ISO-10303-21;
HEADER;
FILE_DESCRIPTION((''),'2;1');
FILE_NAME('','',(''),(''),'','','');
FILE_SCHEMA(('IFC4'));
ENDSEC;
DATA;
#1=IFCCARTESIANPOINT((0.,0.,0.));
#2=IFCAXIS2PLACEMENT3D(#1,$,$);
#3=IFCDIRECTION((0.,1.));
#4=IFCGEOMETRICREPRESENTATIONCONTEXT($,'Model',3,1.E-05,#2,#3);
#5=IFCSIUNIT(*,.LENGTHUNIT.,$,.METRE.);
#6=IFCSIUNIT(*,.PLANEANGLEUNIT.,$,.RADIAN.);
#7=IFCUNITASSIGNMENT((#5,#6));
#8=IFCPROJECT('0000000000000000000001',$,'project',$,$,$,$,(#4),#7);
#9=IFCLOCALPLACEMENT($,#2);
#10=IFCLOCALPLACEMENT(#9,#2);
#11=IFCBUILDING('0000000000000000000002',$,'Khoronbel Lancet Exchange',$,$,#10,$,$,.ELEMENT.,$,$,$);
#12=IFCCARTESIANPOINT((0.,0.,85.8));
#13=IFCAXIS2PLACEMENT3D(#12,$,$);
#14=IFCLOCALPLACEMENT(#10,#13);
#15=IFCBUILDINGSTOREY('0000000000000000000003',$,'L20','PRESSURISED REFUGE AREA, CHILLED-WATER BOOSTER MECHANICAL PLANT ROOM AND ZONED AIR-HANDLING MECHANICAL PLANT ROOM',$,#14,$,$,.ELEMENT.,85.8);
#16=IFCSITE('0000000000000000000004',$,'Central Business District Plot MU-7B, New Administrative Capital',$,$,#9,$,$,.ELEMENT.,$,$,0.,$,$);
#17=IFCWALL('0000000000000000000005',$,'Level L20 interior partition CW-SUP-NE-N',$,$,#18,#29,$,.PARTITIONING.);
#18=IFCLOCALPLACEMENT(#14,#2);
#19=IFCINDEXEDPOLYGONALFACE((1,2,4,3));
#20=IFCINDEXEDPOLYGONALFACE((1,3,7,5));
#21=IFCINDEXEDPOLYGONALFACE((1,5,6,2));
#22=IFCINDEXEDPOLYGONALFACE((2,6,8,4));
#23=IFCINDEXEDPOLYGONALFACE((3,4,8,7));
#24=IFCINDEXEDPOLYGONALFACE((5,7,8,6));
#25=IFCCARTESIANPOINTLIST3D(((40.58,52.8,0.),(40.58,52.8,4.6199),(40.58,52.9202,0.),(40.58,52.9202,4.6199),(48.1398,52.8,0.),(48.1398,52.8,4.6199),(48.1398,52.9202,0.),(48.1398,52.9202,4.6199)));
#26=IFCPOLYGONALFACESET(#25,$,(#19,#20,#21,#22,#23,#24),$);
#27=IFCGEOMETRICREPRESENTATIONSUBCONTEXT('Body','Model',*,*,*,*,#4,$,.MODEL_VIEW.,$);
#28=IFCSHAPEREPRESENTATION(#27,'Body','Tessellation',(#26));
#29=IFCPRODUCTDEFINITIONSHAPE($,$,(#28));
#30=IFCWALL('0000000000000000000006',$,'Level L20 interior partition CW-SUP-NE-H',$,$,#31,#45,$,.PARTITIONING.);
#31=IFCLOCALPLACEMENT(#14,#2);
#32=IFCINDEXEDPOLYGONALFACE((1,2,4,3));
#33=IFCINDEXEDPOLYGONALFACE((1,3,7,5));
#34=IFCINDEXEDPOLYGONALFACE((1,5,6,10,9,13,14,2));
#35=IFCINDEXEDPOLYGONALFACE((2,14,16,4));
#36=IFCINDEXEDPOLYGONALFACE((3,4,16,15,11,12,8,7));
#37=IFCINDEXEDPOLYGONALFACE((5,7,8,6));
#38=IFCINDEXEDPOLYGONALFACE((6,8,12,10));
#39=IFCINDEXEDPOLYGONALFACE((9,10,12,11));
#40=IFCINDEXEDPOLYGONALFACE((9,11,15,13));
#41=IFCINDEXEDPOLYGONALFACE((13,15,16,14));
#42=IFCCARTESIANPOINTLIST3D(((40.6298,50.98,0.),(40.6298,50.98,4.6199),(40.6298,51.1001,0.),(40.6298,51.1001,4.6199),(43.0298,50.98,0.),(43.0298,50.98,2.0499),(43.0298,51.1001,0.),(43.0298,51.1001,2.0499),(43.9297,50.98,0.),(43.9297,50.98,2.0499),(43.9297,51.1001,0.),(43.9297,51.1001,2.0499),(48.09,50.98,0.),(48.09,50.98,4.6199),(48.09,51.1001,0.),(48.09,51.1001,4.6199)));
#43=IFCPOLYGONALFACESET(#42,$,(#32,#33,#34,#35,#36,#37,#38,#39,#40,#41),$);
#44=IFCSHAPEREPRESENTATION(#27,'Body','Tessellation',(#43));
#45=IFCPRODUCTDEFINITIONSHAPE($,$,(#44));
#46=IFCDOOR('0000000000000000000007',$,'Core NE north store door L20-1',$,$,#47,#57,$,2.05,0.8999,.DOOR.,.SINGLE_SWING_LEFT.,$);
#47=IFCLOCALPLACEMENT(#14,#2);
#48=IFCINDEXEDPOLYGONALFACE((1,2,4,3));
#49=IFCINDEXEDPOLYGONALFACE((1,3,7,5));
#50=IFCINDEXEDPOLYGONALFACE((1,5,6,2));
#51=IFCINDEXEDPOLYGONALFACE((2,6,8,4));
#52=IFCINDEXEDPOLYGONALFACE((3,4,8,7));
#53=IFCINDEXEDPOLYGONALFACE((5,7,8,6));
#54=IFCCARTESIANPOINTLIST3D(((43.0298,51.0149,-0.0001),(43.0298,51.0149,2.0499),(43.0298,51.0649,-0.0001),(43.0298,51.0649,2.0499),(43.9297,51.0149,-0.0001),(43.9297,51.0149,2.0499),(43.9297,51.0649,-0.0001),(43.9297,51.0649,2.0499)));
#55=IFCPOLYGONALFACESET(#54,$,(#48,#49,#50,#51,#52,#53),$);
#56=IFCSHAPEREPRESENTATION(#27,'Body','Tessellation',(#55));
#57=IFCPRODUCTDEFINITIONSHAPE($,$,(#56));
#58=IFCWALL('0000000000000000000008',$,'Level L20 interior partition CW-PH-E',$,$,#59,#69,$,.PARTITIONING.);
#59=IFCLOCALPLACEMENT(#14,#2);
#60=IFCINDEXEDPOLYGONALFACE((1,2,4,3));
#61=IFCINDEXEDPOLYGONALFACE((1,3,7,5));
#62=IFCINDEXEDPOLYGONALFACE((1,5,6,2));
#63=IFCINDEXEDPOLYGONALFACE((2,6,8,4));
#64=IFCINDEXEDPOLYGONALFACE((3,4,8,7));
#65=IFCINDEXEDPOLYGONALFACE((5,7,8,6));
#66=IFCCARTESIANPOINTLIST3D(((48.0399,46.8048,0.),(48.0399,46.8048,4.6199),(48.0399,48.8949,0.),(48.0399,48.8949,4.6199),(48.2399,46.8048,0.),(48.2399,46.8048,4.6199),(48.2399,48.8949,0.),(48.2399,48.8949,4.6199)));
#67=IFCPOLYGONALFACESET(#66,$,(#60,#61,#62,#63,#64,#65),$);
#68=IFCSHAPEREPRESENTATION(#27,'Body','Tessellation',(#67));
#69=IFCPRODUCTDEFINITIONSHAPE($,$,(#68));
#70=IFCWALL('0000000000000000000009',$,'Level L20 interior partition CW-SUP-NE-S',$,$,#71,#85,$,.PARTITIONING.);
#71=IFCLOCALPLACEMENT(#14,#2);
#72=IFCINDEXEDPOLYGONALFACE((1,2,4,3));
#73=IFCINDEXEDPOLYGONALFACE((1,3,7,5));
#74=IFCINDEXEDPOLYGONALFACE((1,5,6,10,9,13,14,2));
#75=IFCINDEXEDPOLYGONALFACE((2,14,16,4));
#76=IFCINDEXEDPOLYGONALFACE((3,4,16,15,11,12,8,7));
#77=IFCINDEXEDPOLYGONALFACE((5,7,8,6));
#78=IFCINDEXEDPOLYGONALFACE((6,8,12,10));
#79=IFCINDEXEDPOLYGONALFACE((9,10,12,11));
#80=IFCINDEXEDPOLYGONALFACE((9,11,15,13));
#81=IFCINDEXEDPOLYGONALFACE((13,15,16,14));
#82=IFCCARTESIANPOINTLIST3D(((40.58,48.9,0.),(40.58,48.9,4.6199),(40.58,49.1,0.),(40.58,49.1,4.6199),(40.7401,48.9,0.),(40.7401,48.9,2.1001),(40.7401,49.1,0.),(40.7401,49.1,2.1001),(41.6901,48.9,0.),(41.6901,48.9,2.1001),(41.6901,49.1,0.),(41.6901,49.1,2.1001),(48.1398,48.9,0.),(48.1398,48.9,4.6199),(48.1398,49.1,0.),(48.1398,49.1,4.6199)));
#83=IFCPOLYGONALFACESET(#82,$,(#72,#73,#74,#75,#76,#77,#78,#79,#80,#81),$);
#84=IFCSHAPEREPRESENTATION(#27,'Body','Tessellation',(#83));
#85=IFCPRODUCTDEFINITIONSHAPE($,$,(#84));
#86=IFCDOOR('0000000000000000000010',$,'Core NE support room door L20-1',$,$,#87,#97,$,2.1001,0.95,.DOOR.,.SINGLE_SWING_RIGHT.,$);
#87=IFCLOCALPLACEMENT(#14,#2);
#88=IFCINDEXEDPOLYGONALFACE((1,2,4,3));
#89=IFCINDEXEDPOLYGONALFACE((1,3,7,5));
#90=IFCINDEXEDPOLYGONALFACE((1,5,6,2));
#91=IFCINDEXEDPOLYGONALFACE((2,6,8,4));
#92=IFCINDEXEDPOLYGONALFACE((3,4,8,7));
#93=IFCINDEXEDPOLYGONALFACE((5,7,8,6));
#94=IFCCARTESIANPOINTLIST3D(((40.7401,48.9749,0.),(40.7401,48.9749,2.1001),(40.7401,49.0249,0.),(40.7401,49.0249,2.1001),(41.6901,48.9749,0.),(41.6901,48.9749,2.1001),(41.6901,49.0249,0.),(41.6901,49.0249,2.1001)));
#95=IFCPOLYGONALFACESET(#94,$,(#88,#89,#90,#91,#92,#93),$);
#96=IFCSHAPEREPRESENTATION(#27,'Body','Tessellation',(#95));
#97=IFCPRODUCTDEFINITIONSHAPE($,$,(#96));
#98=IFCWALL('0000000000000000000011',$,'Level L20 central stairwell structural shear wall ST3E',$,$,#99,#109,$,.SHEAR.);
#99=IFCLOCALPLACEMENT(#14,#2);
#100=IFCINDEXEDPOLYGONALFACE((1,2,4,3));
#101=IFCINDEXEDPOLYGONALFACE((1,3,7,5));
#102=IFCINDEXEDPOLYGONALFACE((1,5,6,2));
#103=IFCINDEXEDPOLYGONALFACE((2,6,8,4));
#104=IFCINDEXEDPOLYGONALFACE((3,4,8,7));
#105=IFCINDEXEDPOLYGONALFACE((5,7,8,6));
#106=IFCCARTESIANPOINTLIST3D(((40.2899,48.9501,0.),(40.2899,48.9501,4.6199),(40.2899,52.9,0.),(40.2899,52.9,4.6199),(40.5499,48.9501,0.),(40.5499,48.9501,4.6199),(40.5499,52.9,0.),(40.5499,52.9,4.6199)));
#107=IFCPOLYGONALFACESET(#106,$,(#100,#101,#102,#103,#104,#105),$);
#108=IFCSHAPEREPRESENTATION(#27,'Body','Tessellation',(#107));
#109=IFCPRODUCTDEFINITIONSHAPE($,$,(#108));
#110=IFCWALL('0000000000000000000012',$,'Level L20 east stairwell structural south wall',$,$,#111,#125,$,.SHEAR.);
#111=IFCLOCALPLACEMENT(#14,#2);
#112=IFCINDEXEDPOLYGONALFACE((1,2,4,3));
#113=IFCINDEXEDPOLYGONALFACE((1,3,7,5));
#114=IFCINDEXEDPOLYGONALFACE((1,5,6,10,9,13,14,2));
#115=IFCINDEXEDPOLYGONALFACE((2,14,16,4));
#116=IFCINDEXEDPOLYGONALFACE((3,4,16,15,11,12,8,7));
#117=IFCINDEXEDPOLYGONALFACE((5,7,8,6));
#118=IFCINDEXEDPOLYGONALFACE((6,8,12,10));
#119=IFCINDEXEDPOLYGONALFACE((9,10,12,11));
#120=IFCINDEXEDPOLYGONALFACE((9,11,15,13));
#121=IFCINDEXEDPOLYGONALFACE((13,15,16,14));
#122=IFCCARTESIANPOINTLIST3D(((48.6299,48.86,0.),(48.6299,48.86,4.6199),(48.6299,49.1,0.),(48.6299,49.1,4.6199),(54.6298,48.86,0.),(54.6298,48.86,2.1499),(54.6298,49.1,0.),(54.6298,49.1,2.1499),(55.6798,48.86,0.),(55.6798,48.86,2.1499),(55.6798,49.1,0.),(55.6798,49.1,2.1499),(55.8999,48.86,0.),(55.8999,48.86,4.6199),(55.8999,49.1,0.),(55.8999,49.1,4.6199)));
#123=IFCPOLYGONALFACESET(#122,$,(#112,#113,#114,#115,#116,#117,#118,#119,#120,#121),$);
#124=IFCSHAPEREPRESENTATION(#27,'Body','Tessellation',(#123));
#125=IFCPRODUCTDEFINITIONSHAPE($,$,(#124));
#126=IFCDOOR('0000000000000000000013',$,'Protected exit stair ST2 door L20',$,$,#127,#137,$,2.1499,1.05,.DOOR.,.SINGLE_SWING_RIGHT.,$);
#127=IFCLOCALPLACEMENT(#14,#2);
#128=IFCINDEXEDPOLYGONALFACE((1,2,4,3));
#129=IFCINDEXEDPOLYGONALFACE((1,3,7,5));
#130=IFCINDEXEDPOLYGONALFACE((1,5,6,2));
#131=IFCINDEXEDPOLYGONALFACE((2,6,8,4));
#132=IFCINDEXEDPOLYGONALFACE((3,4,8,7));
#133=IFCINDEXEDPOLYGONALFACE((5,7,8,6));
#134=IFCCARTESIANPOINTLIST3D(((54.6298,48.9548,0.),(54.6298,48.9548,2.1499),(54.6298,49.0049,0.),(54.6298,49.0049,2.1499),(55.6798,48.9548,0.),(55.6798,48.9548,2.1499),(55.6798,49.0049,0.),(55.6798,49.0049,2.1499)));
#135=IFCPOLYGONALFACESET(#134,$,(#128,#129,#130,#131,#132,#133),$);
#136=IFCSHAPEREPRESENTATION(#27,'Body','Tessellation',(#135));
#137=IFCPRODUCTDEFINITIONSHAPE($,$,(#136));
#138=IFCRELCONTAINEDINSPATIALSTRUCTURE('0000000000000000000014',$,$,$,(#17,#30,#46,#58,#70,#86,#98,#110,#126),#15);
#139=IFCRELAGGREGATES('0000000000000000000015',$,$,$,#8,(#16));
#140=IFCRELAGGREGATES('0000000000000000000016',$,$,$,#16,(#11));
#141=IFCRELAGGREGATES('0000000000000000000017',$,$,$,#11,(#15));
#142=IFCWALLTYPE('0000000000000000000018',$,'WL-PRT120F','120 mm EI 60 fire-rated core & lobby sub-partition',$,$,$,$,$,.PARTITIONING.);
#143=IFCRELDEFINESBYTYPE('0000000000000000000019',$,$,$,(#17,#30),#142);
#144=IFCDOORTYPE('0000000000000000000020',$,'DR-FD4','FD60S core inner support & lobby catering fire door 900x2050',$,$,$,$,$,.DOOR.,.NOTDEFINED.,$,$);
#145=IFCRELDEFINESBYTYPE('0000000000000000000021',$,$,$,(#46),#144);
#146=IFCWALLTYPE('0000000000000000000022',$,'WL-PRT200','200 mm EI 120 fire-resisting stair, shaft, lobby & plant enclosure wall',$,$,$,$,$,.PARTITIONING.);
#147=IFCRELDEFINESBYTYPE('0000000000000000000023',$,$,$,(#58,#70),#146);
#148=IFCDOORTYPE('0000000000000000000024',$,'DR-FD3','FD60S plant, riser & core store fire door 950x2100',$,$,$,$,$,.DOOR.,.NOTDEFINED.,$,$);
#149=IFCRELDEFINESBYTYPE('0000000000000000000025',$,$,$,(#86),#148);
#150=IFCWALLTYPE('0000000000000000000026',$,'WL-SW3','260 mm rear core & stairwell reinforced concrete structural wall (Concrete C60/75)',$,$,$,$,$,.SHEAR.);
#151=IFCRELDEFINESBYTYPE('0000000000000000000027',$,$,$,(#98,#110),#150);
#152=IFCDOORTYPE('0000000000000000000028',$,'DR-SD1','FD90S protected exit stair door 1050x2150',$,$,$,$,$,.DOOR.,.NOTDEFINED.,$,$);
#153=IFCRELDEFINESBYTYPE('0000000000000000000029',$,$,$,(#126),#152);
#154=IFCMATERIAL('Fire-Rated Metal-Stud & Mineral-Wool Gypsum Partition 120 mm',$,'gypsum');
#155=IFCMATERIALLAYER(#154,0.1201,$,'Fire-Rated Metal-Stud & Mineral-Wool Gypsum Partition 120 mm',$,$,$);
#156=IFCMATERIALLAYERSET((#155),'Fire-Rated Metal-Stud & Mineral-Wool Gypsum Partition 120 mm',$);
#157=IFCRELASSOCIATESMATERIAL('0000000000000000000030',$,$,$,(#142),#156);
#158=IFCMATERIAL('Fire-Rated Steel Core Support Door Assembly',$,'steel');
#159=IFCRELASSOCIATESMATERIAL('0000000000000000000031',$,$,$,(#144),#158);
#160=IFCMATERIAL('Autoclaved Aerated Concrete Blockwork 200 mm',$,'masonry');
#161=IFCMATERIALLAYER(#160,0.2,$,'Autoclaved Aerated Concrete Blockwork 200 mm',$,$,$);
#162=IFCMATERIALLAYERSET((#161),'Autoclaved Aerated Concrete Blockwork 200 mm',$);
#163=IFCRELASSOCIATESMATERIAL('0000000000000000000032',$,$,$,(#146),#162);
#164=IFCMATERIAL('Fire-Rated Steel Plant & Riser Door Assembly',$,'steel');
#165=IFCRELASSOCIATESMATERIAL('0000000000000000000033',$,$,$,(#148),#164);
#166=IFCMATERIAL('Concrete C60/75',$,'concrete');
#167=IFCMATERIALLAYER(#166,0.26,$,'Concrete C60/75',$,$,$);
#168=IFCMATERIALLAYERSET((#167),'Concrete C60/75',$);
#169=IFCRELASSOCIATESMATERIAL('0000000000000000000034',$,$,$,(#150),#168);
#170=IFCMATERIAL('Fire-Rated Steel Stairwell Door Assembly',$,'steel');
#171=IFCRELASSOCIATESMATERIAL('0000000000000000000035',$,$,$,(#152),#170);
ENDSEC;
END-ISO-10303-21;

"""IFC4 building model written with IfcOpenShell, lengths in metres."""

from ifc_helpers import new_model, si_unit, direction, frame, frame_2d, origin, place, context, subcontext, project, spatial, rectangle, extrude, material, layer, layer_set, type_object, element, fill, save


model = new_model("IFC4")

# Units and contexts
model_context = context("Model", 3, precision=1e-05, world=origin(), true_north=direction((0.0, 1.0)))
body_context = subcontext(model_context, "Body", "Model", "MODEL_VIEW")
ifc_project = project(units=[si_unit("LENGTHUNIT", "METRE"), si_unit("PLANEANGLEUNIT", "RADIAN")], contexts=[model_context])

# Site, building, storey
site_placement = place(None, origin())
site = spatial("IfcSite", under=ifc_project, at=site_placement, Name="Central Business District Plot MU-7B, New Administrative Capital", CompositionType="ELEMENT", RefElevation=0.0)
building_placement = place(site_placement, origin())
building = spatial("IfcBuilding", under=site, at=building_placement, Name="Khoronbel Lancet Exchange", CompositionType="ELEMENT")
storey_placement = place(building_placement, frame((0.0, 0.0, 85.8)))
storey = spatial("IfcBuildingStorey", under=building, at=storey_placement, Name="L20", Description="PRESSURISED REFUGE AREA, CHILLED-WATER BOOSTER MECHANICAL PLANT ROOM AND ZONED AIR-HANDLING MECHANICAL PLANT ROOM", CompositionType="ELEMENT", Elevation=85.8)

# Wall
ifc_material_1 = material(Name="Fire-Rated Metal-Stud & Mineral-Wool Gypsum Partition 120 mm", Category="gypsum")
ifc_layer_1 = layer(ifc_material_1, 0.1201, Name="Fire-Rated Metal-Stud & Mineral-Wool Gypsum Partition 120 mm")
ifc_layer_set_1 = layer_set([ifc_layer_1], Name="Fire-Rated Metal-Stud & Mineral-Wool Gypsum Partition 120 mm")
wall_type_1 = type_object("IfcWallType", Name="WL-PRT120F", Description="120 mm EI 60 fire-rated core & lobby sub-partition", PredefinedType="PARTITIONING", material=ifc_layer_set_1)
wall_1_placement = place(storey_placement, frame((40.5801, 52.8601, 0.0), z_axis=(0.0, 0.0, 1.0), x_axis=(1.0, 0.0, 0.0)))
element("IfcWall", 1, at=wall_1_placement, inside=storey, type_object=wall_type_1, Name="Level L20 interior partition CW-SUP-NE-N", PredefinedType="PARTITIONING", context=body_context, shape_type="SweptSolid", body=[
    extrude(rectangle(XDim=7.5598, YDim=0.1201, at=frame_2d((3.7798, 0.0))), origin(), (0.0, 0.0, 1.0), 4.6199),
])

# Wall, opening, door
wall_2_placement = place(storey_placement, frame((40.6299, 51.04, 0.0), z_axis=(0.0, 0.0, 1.0), x_axis=(1.0, 0.0, 0.0)))
wall_2 = element("IfcWall", 2, at=wall_2_placement, inside=storey, type_object=wall_type_1, Name="Level L20 interior partition CW-SUP-NE-H", PredefinedType="PARTITIONING", context=body_context, shape_type="SweptSolid", body=[
    extrude(rectangle(XDim=7.4602, YDim=0.1201, at=frame_2d((3.73, 0.0))), origin(), (0.0, 0.0, 1.0), 4.6199),
])
opening_1_placement = place(wall_2_placement, frame((2.3999, 0.0, 0.0)))
opening_1 = element("IfcOpeningElement", 3, at=opening_1_placement, cuts=wall_2, PredefinedType="OPENING", context=body_context, shape_type="SweptSolid", body=[
    extrude(rectangle(XDim=0.8999, YDim=2.05, at=frame_2d((0.45, 1.0249))), frame((0.0, 0.0701, 0.0), z_axis=(0.0, -1.0, 0.0), x_axis=(1.0, 0.0, 0.0)), (0.0, 0.0, 1.0), 0.1401),
])
ifc_material_2 = material(Name="Fire-Rated Steel Core Support Door Assembly", Category="steel")
door_type_1 = type_object("IfcDoorType", Name="DR-FD4", Description="FD60S core inner support & lobby catering fire door 900x2050", OperationType="NOTDEFINED", PredefinedType="DOOR", material=ifc_material_2)
door_1_placement = place(opening_1_placement, origin())
door_1 = element("IfcDoor", 4, at=door_1_placement, inside=storey, type_object=door_type_1, Name="Core NE north store door L20-1", OperationType="SINGLE_SWING_LEFT", OverallHeight=2.05, OverallWidth=0.8999, PredefinedType="DOOR", context=body_context, shape_type="SweptSolid", body=[
    extrude(rectangle(XDim=0.8999, YDim=2.05, at=frame_2d((0.45, 1.0249))), frame((0.0, 0.0249, 0.0), z_axis=(0.0, -1.0, 0.0), x_axis=(1.0, 0.0, 0.0)), (0.0, 0.0, 1.0), 0.05),
])
fill(opening_1, door_1)

# Wall
ifc_material_3 = material(Name="Autoclaved Aerated Concrete Blockwork 200 mm", Category="masonry")
ifc_layer_2 = layer(ifc_material_3, 0.2, Name="Autoclaved Aerated Concrete Blockwork 200 mm")
ifc_layer_set_2 = layer_set([ifc_layer_2], Name="Autoclaved Aerated Concrete Blockwork 200 mm")
wall_type_2 = type_object("IfcWallType", Name="WL-PRT200", Description="200 mm EI 120 fire-resisting stair, shaft, lobby & plant enclosure wall", PredefinedType="PARTITIONING", material=ifc_layer_set_2)
wall_3_placement = place(storey_placement, frame((48.1399, 46.8049, 0.0), z_axis=(0.0, 0.0, 1.0), x_axis=(0.0, 1.0, 0.0)))
element("IfcWall", 5, at=wall_3_placement, inside=storey, type_object=wall_type_2, Name="Level L20 interior partition CW-PH-E", PredefinedType="PARTITIONING", context=body_context, shape_type="SweptSolid", body=[
    extrude(rectangle(XDim=2.0901, YDim=0.2, at=frame_2d((1.0449, 0.0))), origin(), (0.0, 0.0, 1.0), 4.6199),
])

# Wall, opening, door
wall_4_placement = place(storey_placement, frame((40.5801, 49.0, 0.0), z_axis=(0.0, 0.0, 1.0), x_axis=(1.0, 0.0, 0.0)))
wall_4 = element("IfcWall", 6, at=wall_4_placement, inside=storey, type_object=wall_type_2, Name="Level L20 interior partition CW-SUP-NE-S", PredefinedType="PARTITIONING", context=body_context, shape_type="SweptSolid", body=[
    extrude(rectangle(XDim=7.5598, YDim=0.2, at=frame_2d((3.7798, 0.0))), origin(), (0.0, 0.0, 1.0), 4.6199),
])
opening_2_placement = place(wall_4_placement, frame((0.1599, 0.0, 0.0)))
opening_2 = element("IfcOpeningElement", 7, at=opening_2_placement, cuts=wall_4, PredefinedType="OPENING", context=body_context, shape_type="SweptSolid", body=[
    extrude(rectangle(XDim=0.95, YDim=2.1001, at=frame_2d((0.4751, 1.05))), frame((0.0, 0.1099, 0.0), z_axis=(0.0, -1.0, 0.0), x_axis=(1.0, 0.0, 0.0)), (0.0, 0.0, 1.0), 0.22),
])
ifc_material_4 = material(Name="Fire-Rated Steel Plant & Riser Door Assembly", Category="steel")
door_type_2 = type_object("IfcDoorType", Name="DR-FD3", Description="FD60S plant, riser & core store fire door 950x2100", OperationType="NOTDEFINED", PredefinedType="DOOR", material=ifc_material_4)
door_2_placement = place(opening_2_placement, origin())
door_2 = element("IfcDoor", 8, at=door_2_placement, inside=storey, type_object=door_type_2, Name="Core NE support room door L20-1", OperationType="SINGLE_SWING_RIGHT", OverallHeight=2.1001, OverallWidth=0.95, PredefinedType="DOOR", context=body_context, shape_type="SweptSolid", body=[
    extrude(rectangle(XDim=0.95, YDim=2.1001, at=frame_2d((0.4751, 1.05))), frame((0.0, 0.0249, 0.0), z_axis=(0.0, -1.0, 0.0), x_axis=(1.0, 0.0, 0.0)), (0.0, 0.0, 1.0), 0.05),
])
fill(opening_2, door_2)

# Wall
ifc_material_5 = material(Name="Concrete C60/75", Category="concrete")
ifc_layer_3 = layer(ifc_material_5, 0.26, Name="Concrete C60/75")
ifc_layer_set_3 = layer_set([ifc_layer_3], Name="Concrete C60/75")
wall_type_3 = type_object("IfcWallType", Name="WL-SW3", Description="260 mm rear core & stairwell reinforced concrete structural wall (Concrete C60/75)", PredefinedType="SHEAR", material=ifc_layer_set_3)
wall_5_placement = place(storey_placement, frame((40.4199, 48.95, 0.0), z_axis=(0.0, 0.0, 1.0), x_axis=(0.0, 1.0, 0.0)))
element("IfcWall", 9, at=wall_5_placement, inside=storey, type_object=wall_type_3, Name="Level L20 central stairwell structural shear wall ST3E", PredefinedType="SHEAR", context=body_context, shape_type="SweptSolid", body=[
    extrude(rectangle(XDim=3.95, YDim=0.26, at=frame_2d((1.9751, 0.0))), origin(), (0.0, 0.0, 1.0), 4.6199),
])

# Wall, opening, door
wall_6_placement = place(storey_placement, frame((48.6299, 48.98, 0.0), z_axis=(0.0, 0.0, 1.0), x_axis=(1.0, 0.0, 0.0)))
wall_6 = element("IfcWall", 10, at=wall_6_placement, inside=storey, type_object=wall_type_3, Name="Level L20 east stairwell structural south wall", PredefinedType="SHEAR", context=body_context, shape_type="SweptSolid", body=[
    extrude(rectangle(XDim=7.27, YDim=0.24, at=frame_2d((3.635, 0.0))), origin(), (0.0, 0.0, 1.0), 4.6199),
])
opening_3_placement = place(wall_6_placement, frame((6.0, 0.0, 0.0)))
opening_3 = element("IfcOpeningElement", 11, at=opening_3_placement, cuts=wall_6, PredefinedType="OPENING", context=body_context, shape_type="SweptSolid", body=[
    extrude(rectangle(XDim=1.05, YDim=2.1499, at=frame_2d((0.5249, 1.075))), frame((0.0, 0.1299, 0.0), z_axis=(0.0, -1.0, 0.0), x_axis=(1.0, 0.0, 0.0)), (0.0, 0.0, 1.0), 0.26),
])
ifc_material_6 = material(Name="Fire-Rated Steel Stairwell Door Assembly", Category="steel")
door_type_3 = type_object("IfcDoorType", Name="DR-SD1", Description="FD90S protected exit stair door 1050x2150", OperationType="NOTDEFINED", PredefinedType="DOOR", material=ifc_material_6)
door_3_placement = place(opening_3_placement, origin())
door_3 = element("IfcDoor", 12, at=door_3_placement, inside=storey, type_object=door_type_3, Name="Protected exit stair ST2 door L20", OperationType="SINGLE_SWING_RIGHT", OverallHeight=2.1499, OverallWidth=1.05, PredefinedType="DOOR", context=body_context, shape_type="SweptSolid", body=[
    extrude(rectangle(XDim=1.05, YDim=2.1499, at=frame_2d((0.5249, 1.075))), frame((0.0, 0.0249, 0.0), z_axis=(0.0, -1.0, 0.0), x_axis=(1.0, 0.0, 0.0)), (0.0, 0.0, 1.0), 0.05),
])
fill(opening_3, door_3)

save(model, "model.ifc")
